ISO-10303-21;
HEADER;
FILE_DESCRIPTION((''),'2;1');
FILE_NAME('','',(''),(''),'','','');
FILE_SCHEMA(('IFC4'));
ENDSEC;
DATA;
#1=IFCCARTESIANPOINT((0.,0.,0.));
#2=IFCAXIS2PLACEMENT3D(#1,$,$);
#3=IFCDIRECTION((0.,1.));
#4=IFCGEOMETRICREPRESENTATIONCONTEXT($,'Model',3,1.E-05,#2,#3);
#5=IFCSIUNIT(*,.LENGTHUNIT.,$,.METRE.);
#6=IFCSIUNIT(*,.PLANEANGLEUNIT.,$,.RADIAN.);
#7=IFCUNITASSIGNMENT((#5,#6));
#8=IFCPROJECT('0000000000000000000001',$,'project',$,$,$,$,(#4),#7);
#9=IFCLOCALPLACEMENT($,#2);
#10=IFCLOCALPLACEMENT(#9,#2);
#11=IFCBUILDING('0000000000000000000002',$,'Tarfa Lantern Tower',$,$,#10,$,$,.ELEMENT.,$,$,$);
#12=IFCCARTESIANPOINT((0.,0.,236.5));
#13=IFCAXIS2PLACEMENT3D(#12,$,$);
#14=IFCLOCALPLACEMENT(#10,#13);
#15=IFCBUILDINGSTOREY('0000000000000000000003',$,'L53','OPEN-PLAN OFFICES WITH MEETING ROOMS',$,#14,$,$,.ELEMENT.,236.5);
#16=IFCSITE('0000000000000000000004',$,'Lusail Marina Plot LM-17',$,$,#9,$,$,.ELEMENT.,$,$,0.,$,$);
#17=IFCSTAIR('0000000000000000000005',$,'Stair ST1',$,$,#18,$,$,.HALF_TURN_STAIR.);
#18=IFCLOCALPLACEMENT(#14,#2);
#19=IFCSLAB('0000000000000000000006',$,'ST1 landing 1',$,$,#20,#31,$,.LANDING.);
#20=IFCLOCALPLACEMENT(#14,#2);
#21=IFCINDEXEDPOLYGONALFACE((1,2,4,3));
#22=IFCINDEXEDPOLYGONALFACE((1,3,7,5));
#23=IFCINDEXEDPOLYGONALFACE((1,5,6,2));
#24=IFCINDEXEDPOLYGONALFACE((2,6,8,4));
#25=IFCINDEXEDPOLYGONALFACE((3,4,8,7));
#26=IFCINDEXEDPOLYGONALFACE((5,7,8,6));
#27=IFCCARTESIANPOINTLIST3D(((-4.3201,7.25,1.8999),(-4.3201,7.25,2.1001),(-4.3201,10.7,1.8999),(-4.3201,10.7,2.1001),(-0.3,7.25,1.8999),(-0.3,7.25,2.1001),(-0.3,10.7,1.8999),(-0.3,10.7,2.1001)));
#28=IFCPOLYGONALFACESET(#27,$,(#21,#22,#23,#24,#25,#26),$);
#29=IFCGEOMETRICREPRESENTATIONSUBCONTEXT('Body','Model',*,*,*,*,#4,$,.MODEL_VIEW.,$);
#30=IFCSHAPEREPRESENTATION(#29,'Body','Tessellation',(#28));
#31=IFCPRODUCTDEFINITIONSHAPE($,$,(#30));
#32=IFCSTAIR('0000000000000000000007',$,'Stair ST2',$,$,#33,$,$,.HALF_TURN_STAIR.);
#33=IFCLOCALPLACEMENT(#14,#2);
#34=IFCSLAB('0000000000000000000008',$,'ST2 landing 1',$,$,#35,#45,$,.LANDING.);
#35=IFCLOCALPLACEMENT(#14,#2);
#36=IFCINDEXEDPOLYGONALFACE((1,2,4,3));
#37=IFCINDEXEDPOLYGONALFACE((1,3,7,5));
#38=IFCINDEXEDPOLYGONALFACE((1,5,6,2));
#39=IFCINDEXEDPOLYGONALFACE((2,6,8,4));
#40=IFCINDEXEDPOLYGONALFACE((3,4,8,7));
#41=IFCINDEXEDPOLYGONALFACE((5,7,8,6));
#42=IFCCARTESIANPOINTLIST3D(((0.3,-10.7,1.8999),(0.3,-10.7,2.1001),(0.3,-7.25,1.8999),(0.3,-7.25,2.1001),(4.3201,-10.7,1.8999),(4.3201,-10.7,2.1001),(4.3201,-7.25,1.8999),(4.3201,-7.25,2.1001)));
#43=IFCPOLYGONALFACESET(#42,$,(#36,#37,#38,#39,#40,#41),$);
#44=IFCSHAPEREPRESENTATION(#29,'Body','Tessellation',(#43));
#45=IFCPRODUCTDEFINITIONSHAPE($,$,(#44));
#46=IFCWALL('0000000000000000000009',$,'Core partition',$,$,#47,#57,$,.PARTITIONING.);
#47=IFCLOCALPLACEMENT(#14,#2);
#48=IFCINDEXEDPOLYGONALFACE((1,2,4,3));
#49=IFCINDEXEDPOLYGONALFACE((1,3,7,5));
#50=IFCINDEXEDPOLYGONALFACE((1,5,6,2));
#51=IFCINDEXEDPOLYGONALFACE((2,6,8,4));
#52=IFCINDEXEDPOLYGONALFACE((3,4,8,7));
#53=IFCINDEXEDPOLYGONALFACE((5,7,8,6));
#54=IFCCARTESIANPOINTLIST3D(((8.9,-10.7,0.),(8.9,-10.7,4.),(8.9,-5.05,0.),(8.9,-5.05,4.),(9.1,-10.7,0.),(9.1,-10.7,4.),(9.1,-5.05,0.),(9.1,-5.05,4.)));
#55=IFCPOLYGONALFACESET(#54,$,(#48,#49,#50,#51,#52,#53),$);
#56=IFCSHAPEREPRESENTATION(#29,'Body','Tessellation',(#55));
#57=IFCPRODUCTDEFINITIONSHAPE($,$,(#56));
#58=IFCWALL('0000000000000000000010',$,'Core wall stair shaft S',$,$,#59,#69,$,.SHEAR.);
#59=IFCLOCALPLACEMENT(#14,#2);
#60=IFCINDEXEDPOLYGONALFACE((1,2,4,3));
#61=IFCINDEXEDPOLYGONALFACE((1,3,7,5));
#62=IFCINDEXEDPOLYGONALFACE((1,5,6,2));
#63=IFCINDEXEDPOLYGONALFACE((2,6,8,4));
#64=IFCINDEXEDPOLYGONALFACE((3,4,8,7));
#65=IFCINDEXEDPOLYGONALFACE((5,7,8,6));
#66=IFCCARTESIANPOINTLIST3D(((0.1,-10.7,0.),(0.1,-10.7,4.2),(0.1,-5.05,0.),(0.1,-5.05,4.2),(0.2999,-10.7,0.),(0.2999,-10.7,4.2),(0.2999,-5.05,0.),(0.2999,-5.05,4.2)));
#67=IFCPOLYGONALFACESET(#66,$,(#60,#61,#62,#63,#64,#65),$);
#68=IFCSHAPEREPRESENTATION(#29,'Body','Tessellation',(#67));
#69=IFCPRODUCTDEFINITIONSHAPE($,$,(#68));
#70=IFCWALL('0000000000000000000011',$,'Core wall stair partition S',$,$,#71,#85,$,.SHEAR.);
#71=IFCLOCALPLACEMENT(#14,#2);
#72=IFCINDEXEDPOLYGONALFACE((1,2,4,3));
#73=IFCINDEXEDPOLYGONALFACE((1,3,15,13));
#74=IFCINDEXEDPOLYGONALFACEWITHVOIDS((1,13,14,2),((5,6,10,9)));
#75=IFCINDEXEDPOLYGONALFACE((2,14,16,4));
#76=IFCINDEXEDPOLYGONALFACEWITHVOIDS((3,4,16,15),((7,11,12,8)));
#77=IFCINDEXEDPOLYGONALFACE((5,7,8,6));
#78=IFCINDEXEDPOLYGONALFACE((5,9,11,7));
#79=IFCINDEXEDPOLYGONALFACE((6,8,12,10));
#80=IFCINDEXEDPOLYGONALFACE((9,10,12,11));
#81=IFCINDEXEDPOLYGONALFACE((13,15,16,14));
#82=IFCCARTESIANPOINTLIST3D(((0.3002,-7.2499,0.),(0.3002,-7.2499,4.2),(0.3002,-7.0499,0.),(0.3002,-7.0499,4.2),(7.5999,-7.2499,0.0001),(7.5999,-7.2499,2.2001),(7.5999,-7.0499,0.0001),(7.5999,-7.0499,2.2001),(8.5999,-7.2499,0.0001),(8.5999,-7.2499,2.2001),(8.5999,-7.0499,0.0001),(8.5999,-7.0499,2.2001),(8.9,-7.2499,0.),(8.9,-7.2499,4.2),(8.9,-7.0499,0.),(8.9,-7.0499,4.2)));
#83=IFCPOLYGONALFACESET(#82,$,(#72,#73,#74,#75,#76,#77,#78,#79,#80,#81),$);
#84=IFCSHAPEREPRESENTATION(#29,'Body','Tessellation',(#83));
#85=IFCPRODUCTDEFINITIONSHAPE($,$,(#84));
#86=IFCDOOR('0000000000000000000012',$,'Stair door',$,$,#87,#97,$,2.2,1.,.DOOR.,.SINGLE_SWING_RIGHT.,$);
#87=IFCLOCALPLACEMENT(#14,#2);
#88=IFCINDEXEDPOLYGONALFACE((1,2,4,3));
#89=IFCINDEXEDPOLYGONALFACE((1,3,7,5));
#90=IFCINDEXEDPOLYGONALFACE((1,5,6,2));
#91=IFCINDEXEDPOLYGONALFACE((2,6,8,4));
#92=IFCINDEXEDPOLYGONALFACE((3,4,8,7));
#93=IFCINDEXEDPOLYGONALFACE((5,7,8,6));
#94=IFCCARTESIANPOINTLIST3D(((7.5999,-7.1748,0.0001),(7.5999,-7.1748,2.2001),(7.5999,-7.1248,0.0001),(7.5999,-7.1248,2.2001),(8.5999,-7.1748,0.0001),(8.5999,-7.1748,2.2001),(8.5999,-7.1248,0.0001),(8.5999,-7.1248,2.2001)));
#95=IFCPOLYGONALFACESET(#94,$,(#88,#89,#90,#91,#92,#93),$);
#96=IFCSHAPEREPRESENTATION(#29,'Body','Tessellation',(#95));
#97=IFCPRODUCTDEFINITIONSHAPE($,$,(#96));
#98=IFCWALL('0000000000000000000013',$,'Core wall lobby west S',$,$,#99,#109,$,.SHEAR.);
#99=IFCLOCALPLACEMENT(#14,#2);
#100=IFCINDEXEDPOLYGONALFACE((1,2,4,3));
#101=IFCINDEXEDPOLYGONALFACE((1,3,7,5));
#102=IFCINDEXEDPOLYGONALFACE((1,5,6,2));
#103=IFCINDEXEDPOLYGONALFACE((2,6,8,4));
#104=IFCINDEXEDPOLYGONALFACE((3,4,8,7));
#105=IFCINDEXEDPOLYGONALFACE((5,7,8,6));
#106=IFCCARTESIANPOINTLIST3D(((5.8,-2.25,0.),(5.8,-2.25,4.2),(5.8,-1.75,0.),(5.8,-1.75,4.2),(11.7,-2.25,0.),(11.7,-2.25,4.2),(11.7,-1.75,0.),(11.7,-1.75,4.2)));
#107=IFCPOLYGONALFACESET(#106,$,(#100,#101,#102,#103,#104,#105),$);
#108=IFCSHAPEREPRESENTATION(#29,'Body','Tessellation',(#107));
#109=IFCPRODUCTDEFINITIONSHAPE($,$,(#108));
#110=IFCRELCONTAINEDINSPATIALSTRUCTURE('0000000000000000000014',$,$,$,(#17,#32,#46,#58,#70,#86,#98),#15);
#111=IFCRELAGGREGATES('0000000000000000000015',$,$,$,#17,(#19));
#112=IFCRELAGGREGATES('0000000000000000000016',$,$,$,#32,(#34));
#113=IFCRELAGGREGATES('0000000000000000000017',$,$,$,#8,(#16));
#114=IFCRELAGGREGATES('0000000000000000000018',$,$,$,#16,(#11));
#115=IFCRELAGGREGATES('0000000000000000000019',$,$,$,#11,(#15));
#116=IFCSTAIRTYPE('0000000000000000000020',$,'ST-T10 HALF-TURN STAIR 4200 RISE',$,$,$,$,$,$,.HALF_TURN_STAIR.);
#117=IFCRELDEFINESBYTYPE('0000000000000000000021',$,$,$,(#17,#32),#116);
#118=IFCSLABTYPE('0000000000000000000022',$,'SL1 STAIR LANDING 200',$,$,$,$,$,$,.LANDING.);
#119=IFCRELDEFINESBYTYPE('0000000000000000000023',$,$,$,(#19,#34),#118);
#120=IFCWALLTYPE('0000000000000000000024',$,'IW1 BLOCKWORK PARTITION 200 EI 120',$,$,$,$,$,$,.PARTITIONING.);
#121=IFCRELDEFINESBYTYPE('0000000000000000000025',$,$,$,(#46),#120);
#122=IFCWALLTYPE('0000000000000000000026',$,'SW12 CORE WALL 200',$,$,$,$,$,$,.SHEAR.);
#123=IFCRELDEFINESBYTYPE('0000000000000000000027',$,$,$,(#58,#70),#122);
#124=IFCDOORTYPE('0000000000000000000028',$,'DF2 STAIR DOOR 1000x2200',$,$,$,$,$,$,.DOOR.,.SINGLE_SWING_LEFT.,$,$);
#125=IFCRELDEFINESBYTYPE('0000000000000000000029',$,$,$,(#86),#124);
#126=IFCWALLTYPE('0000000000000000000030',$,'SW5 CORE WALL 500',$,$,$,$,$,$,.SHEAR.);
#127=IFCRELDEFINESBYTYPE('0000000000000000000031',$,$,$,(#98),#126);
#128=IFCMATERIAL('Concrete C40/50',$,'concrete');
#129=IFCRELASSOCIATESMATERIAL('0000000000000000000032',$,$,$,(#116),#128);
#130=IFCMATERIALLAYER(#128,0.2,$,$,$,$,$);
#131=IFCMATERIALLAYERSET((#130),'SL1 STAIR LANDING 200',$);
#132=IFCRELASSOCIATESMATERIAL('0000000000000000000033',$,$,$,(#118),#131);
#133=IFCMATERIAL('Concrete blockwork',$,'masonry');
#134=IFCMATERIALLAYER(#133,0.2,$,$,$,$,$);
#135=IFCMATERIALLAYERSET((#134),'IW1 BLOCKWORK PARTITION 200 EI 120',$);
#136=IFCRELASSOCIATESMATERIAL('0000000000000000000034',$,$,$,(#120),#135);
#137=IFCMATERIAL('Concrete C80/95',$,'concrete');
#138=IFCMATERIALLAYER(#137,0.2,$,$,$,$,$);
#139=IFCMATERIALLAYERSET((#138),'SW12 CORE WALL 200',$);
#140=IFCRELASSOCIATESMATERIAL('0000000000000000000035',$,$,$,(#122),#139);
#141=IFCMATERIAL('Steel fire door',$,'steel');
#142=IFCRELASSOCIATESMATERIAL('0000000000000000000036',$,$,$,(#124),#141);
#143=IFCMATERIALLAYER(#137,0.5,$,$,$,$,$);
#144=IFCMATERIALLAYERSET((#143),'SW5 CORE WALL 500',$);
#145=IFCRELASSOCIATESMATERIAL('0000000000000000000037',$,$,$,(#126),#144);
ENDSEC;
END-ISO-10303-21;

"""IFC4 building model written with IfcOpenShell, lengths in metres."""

from ifc_helpers import new_model, si_unit, direction, frame, frame_2d, origin, place, context, subcontext, project, spatial, polyline, rectangle, outline, extrude, material, layer, layer_set, type_object, element, fill, aggregate, save


model = new_model("IFC4")

# Units and contexts
model_context = context("Model", 3, precision=1e-05, world=origin(), true_north=direction((0.0, 1.0)))
body_context = subcontext(model_context, "Body", "Model", "MODEL_VIEW")
ifc_project = project(units=[si_unit("LENGTHUNIT", "METRE"), si_unit("PLANEANGLEUNIT", "RADIAN")], contexts=[model_context])

# Site, building, storey
site_placement = place(None, origin())
site = spatial("IfcSite", under=ifc_project, at=site_placement, Name="Lusail Marina Plot LM-17", CompositionType="ELEMENT", RefElevation=0.0)
building_placement = place(site_placement, origin())
building = spatial("IfcBuilding", under=site, at=building_placement, Name="Tarfa Lantern Tower", CompositionType="ELEMENT")
storey_placement = place(building_placement, frame((0.0, 0.0, 236.5)))
storey = spatial("IfcBuildingStorey", under=building, at=storey_placement, Name="L53", Description="OPEN-PLAN OFFICES WITH MEETING ROOMS", CompositionType="ELEMENT", Elevation=236.5)

# Stairs, slabs
ifc_material_1 = material(Name="Concrete C40/50", Category="concrete")
stair_type = type_object("IfcStairType", Name="ST-T10 HALF-TURN STAIR 4200 RISE", PredefinedType="HALF_TURN_STAIR", material=ifc_material_1)
stair_1_placement = place(storey_placement, origin())
stair_1 = element("IfcStair", 1, at=stair_1_placement, inside=storey, type_object=stair_type, Name="Stair ST1", PredefinedType="HALF_TURN_STAIR")
ifc_layer_1 = layer(ifc_material_1, 0.2)
ifc_layer_set_1 = layer_set([ifc_layer_1], Name="SL1 STAIR LANDING 200")
slab_type = type_object("IfcSlabType", Name="SL1 STAIR LANDING 200", PredefinedType="LANDING", material=ifc_layer_set_1)
slab_1_placement = place(storey_placement, frame((0.0, 0.0, 1.8999)))
slab_1 = element("IfcSlab", 2, at=slab_1_placement, type_object=slab_type, Name="ST1 landing 1", PredefinedType="LANDING", context=body_context, shape_type="SweptSolid", body=[
    extrude(outline(polyline([(-4.3201, 7.25), (-0.3, 7.25), (-0.3, 10.7), (-4.3201, 10.7), (-4.3201, 7.25)])), origin(), (0.0, 0.0, 1.0), 0.2002),
])
aggregate(stair_1, [slab_1])
stair_2_placement = place(storey_placement, origin())
stair_2 = element("IfcStair", 3, at=stair_2_placement, inside=storey, type_object=stair_type, Name="Stair ST2", PredefinedType="HALF_TURN_STAIR")
slab_2_placement = place(storey_placement, frame((0.0, 0.0, 1.8999)))
slab_2 = element("IfcSlab", 4, at=slab_2_placement, type_object=slab_type, Name="ST2 landing 1", PredefinedType="LANDING", context=body_context, shape_type="SweptSolid", body=[
    extrude(outline(polyline([(4.3201, -7.25), (0.3, -7.25), (0.3, -10.7), (4.3201, -10.7), (4.3201, -7.25)])), origin(), (0.0, 0.0, 1.0), 0.2002),
])

# Walls
ifc_material_2 = material(Name="Concrete blockwork", Category="masonry")
ifc_layer_2 = layer(ifc_material_2, 0.2)
ifc_layer_set_2 = layer_set([ifc_layer_2], Name="IW1 BLOCKWORK PARTITION 200 EI 120")
wall_type_1 = type_object("IfcWallType", Name="IW1 BLOCKWORK PARTITION 200 EI 120", PredefinedType="PARTITIONING", material=ifc_layer_set_2)
wall_1_placement = place(storey_placement, frame((9.0, -5.05, 0.0), z_axis=(0.0, 0.0, 1.0), x_axis=(0.0, -1.0, 0.0)))
element("IfcWall", 5, at=wall_1_placement, inside=storey, type_object=wall_type_1, Name="Core partition", PredefinedType="PARTITIONING", context=body_context, shape_type="SweptSolid", body=[
    extrude(rectangle(XDim=5.6499, YDim=0.2, at=frame_2d((2.825, 0.0))), origin(), (0.0, 0.0, 1.0), 4.0),
])
ifc_material_3 = material(Name="Concrete C80/95", Category="concrete")
ifc_layer_3 = layer(ifc_material_3, 0.2)
ifc_layer_set_3 = layer_set([ifc_layer_3], Name="SW12 CORE WALL 200")
wall_type_2 = type_object("IfcWallType", Name="SW12 CORE WALL 200", PredefinedType="SHEAR", material=ifc_layer_set_3)
wall_2_placement = place(storey_placement, frame((0.2, -5.05, 0.0), z_axis=(0.0, 0.0, 1.0), x_axis=(0.0, -1.0, 0.0)))
element("IfcWall", 6, at=wall_2_placement, inside=storey, type_object=wall_type_2, Name="Core wall stair shaft S", PredefinedType="SHEAR", context=body_context, shape_type="SweptSolid", body=[
    extrude(rectangle(XDim=5.6499, YDim=0.2, at=frame_2d((2.825, 0.0))), origin(), (0.0, 0.0, 1.0), 4.2),
])

# Wall, opening, door
wall_3_placement = place(storey_placement, frame((8.8999, -7.1499, 0.0), z_axis=(0.0, 0.0, 1.0), x_axis=(-1.0, 0.0, 0.0)))
wall_3 = element("IfcWall", 7, at=wall_3_placement, inside=storey, type_object=wall_type_2, Name="Core wall stair partition S", PredefinedType="SHEAR", context=body_context, shape_type="SweptSolid", body=[
    extrude(rectangle(XDim=8.5999, YDim=0.2, at=frame_2d((4.2998, 0.0))), origin(), (0.0, 0.0, 1.0), 4.2),
])
opening_1_placement = place(wall_3_placement, frame((0.3, 0.0, 0.0)))
opening_1 = element("IfcOpeningElement", 8, at=opening_1_placement, cuts=wall_3, PredefinedType="OPENING", context=body_context, shape_type="SweptSolid", body=[
    extrude(rectangle(XDim=1.0, YDim=2.2, at=frame_2d((0.5, 1.1001))), frame((0.0, 0.1099, 0.0), z_axis=(0.0, -1.0, 0.0), x_axis=(1.0, 0.0, 0.0)), (0.0, 0.0, 1.0), 0.22),
])
ifc_material_4 = material(Name="Steel fire door", Category="steel")
door_type_1 = type_object("IfcDoorType", Name="DF2 STAIR DOOR 1000x2200", OperationType="SINGLE_SWING_LEFT", PredefinedType="DOOR", material=ifc_material_4)
door_1_placement = place(opening_1_placement, origin())
door_1 = element("IfcDoor", 9, at=door_1_placement, inside=storey, type_object=door_type_1, Name="Stair door", OperationType="SINGLE_SWING_RIGHT", OverallHeight=2.2, OverallWidth=1.0, PredefinedType="DOOR", context=body_context, shape_type="SweptSolid", body=[
    extrude(rectangle(XDim=1.0, YDim=2.2, at=frame_2d((0.5, 1.1001))), frame((0.0, 0.0249, 0.0), z_axis=(0.0, -1.0, 0.0), x_axis=(1.0, 0.0, 0.0)), (0.0, 0.0, 1.0), 0.05),
])
fill(opening_1, door_1)

# Wall
ifc_layer_4 = layer(ifc_material_3, 0.5)
ifc_layer_set_4 = layer_set([ifc_layer_4], Name="SW5 CORE WALL 500")
wall_type_3 = type_object("IfcWallType", Name="SW5 CORE WALL 500", PredefinedType="SHEAR", material=ifc_layer_set_4)
wall_4_placement = place(storey_placement, frame((11.7, -2.0, 0.0), z_axis=(0.0, 0.0, 1.0), x_axis=(-1.0, 0.0, 0.0)))
element("IfcWall", 10, at=wall_4_placement, inside=storey, type_object=wall_type_3, Name="Core wall lobby west S", PredefinedType="SHEAR", context=body_context, shape_type="SweptSolid", body=[
    extrude(rectangle(XDim=5.8999, YDim=0.5, at=frame_2d((2.95, 0.0))), origin(), (0.0, 0.0, 1.0), 4.2),
])

aggregate(stair_2, [slab_2])

save(model, "model.ifc")
